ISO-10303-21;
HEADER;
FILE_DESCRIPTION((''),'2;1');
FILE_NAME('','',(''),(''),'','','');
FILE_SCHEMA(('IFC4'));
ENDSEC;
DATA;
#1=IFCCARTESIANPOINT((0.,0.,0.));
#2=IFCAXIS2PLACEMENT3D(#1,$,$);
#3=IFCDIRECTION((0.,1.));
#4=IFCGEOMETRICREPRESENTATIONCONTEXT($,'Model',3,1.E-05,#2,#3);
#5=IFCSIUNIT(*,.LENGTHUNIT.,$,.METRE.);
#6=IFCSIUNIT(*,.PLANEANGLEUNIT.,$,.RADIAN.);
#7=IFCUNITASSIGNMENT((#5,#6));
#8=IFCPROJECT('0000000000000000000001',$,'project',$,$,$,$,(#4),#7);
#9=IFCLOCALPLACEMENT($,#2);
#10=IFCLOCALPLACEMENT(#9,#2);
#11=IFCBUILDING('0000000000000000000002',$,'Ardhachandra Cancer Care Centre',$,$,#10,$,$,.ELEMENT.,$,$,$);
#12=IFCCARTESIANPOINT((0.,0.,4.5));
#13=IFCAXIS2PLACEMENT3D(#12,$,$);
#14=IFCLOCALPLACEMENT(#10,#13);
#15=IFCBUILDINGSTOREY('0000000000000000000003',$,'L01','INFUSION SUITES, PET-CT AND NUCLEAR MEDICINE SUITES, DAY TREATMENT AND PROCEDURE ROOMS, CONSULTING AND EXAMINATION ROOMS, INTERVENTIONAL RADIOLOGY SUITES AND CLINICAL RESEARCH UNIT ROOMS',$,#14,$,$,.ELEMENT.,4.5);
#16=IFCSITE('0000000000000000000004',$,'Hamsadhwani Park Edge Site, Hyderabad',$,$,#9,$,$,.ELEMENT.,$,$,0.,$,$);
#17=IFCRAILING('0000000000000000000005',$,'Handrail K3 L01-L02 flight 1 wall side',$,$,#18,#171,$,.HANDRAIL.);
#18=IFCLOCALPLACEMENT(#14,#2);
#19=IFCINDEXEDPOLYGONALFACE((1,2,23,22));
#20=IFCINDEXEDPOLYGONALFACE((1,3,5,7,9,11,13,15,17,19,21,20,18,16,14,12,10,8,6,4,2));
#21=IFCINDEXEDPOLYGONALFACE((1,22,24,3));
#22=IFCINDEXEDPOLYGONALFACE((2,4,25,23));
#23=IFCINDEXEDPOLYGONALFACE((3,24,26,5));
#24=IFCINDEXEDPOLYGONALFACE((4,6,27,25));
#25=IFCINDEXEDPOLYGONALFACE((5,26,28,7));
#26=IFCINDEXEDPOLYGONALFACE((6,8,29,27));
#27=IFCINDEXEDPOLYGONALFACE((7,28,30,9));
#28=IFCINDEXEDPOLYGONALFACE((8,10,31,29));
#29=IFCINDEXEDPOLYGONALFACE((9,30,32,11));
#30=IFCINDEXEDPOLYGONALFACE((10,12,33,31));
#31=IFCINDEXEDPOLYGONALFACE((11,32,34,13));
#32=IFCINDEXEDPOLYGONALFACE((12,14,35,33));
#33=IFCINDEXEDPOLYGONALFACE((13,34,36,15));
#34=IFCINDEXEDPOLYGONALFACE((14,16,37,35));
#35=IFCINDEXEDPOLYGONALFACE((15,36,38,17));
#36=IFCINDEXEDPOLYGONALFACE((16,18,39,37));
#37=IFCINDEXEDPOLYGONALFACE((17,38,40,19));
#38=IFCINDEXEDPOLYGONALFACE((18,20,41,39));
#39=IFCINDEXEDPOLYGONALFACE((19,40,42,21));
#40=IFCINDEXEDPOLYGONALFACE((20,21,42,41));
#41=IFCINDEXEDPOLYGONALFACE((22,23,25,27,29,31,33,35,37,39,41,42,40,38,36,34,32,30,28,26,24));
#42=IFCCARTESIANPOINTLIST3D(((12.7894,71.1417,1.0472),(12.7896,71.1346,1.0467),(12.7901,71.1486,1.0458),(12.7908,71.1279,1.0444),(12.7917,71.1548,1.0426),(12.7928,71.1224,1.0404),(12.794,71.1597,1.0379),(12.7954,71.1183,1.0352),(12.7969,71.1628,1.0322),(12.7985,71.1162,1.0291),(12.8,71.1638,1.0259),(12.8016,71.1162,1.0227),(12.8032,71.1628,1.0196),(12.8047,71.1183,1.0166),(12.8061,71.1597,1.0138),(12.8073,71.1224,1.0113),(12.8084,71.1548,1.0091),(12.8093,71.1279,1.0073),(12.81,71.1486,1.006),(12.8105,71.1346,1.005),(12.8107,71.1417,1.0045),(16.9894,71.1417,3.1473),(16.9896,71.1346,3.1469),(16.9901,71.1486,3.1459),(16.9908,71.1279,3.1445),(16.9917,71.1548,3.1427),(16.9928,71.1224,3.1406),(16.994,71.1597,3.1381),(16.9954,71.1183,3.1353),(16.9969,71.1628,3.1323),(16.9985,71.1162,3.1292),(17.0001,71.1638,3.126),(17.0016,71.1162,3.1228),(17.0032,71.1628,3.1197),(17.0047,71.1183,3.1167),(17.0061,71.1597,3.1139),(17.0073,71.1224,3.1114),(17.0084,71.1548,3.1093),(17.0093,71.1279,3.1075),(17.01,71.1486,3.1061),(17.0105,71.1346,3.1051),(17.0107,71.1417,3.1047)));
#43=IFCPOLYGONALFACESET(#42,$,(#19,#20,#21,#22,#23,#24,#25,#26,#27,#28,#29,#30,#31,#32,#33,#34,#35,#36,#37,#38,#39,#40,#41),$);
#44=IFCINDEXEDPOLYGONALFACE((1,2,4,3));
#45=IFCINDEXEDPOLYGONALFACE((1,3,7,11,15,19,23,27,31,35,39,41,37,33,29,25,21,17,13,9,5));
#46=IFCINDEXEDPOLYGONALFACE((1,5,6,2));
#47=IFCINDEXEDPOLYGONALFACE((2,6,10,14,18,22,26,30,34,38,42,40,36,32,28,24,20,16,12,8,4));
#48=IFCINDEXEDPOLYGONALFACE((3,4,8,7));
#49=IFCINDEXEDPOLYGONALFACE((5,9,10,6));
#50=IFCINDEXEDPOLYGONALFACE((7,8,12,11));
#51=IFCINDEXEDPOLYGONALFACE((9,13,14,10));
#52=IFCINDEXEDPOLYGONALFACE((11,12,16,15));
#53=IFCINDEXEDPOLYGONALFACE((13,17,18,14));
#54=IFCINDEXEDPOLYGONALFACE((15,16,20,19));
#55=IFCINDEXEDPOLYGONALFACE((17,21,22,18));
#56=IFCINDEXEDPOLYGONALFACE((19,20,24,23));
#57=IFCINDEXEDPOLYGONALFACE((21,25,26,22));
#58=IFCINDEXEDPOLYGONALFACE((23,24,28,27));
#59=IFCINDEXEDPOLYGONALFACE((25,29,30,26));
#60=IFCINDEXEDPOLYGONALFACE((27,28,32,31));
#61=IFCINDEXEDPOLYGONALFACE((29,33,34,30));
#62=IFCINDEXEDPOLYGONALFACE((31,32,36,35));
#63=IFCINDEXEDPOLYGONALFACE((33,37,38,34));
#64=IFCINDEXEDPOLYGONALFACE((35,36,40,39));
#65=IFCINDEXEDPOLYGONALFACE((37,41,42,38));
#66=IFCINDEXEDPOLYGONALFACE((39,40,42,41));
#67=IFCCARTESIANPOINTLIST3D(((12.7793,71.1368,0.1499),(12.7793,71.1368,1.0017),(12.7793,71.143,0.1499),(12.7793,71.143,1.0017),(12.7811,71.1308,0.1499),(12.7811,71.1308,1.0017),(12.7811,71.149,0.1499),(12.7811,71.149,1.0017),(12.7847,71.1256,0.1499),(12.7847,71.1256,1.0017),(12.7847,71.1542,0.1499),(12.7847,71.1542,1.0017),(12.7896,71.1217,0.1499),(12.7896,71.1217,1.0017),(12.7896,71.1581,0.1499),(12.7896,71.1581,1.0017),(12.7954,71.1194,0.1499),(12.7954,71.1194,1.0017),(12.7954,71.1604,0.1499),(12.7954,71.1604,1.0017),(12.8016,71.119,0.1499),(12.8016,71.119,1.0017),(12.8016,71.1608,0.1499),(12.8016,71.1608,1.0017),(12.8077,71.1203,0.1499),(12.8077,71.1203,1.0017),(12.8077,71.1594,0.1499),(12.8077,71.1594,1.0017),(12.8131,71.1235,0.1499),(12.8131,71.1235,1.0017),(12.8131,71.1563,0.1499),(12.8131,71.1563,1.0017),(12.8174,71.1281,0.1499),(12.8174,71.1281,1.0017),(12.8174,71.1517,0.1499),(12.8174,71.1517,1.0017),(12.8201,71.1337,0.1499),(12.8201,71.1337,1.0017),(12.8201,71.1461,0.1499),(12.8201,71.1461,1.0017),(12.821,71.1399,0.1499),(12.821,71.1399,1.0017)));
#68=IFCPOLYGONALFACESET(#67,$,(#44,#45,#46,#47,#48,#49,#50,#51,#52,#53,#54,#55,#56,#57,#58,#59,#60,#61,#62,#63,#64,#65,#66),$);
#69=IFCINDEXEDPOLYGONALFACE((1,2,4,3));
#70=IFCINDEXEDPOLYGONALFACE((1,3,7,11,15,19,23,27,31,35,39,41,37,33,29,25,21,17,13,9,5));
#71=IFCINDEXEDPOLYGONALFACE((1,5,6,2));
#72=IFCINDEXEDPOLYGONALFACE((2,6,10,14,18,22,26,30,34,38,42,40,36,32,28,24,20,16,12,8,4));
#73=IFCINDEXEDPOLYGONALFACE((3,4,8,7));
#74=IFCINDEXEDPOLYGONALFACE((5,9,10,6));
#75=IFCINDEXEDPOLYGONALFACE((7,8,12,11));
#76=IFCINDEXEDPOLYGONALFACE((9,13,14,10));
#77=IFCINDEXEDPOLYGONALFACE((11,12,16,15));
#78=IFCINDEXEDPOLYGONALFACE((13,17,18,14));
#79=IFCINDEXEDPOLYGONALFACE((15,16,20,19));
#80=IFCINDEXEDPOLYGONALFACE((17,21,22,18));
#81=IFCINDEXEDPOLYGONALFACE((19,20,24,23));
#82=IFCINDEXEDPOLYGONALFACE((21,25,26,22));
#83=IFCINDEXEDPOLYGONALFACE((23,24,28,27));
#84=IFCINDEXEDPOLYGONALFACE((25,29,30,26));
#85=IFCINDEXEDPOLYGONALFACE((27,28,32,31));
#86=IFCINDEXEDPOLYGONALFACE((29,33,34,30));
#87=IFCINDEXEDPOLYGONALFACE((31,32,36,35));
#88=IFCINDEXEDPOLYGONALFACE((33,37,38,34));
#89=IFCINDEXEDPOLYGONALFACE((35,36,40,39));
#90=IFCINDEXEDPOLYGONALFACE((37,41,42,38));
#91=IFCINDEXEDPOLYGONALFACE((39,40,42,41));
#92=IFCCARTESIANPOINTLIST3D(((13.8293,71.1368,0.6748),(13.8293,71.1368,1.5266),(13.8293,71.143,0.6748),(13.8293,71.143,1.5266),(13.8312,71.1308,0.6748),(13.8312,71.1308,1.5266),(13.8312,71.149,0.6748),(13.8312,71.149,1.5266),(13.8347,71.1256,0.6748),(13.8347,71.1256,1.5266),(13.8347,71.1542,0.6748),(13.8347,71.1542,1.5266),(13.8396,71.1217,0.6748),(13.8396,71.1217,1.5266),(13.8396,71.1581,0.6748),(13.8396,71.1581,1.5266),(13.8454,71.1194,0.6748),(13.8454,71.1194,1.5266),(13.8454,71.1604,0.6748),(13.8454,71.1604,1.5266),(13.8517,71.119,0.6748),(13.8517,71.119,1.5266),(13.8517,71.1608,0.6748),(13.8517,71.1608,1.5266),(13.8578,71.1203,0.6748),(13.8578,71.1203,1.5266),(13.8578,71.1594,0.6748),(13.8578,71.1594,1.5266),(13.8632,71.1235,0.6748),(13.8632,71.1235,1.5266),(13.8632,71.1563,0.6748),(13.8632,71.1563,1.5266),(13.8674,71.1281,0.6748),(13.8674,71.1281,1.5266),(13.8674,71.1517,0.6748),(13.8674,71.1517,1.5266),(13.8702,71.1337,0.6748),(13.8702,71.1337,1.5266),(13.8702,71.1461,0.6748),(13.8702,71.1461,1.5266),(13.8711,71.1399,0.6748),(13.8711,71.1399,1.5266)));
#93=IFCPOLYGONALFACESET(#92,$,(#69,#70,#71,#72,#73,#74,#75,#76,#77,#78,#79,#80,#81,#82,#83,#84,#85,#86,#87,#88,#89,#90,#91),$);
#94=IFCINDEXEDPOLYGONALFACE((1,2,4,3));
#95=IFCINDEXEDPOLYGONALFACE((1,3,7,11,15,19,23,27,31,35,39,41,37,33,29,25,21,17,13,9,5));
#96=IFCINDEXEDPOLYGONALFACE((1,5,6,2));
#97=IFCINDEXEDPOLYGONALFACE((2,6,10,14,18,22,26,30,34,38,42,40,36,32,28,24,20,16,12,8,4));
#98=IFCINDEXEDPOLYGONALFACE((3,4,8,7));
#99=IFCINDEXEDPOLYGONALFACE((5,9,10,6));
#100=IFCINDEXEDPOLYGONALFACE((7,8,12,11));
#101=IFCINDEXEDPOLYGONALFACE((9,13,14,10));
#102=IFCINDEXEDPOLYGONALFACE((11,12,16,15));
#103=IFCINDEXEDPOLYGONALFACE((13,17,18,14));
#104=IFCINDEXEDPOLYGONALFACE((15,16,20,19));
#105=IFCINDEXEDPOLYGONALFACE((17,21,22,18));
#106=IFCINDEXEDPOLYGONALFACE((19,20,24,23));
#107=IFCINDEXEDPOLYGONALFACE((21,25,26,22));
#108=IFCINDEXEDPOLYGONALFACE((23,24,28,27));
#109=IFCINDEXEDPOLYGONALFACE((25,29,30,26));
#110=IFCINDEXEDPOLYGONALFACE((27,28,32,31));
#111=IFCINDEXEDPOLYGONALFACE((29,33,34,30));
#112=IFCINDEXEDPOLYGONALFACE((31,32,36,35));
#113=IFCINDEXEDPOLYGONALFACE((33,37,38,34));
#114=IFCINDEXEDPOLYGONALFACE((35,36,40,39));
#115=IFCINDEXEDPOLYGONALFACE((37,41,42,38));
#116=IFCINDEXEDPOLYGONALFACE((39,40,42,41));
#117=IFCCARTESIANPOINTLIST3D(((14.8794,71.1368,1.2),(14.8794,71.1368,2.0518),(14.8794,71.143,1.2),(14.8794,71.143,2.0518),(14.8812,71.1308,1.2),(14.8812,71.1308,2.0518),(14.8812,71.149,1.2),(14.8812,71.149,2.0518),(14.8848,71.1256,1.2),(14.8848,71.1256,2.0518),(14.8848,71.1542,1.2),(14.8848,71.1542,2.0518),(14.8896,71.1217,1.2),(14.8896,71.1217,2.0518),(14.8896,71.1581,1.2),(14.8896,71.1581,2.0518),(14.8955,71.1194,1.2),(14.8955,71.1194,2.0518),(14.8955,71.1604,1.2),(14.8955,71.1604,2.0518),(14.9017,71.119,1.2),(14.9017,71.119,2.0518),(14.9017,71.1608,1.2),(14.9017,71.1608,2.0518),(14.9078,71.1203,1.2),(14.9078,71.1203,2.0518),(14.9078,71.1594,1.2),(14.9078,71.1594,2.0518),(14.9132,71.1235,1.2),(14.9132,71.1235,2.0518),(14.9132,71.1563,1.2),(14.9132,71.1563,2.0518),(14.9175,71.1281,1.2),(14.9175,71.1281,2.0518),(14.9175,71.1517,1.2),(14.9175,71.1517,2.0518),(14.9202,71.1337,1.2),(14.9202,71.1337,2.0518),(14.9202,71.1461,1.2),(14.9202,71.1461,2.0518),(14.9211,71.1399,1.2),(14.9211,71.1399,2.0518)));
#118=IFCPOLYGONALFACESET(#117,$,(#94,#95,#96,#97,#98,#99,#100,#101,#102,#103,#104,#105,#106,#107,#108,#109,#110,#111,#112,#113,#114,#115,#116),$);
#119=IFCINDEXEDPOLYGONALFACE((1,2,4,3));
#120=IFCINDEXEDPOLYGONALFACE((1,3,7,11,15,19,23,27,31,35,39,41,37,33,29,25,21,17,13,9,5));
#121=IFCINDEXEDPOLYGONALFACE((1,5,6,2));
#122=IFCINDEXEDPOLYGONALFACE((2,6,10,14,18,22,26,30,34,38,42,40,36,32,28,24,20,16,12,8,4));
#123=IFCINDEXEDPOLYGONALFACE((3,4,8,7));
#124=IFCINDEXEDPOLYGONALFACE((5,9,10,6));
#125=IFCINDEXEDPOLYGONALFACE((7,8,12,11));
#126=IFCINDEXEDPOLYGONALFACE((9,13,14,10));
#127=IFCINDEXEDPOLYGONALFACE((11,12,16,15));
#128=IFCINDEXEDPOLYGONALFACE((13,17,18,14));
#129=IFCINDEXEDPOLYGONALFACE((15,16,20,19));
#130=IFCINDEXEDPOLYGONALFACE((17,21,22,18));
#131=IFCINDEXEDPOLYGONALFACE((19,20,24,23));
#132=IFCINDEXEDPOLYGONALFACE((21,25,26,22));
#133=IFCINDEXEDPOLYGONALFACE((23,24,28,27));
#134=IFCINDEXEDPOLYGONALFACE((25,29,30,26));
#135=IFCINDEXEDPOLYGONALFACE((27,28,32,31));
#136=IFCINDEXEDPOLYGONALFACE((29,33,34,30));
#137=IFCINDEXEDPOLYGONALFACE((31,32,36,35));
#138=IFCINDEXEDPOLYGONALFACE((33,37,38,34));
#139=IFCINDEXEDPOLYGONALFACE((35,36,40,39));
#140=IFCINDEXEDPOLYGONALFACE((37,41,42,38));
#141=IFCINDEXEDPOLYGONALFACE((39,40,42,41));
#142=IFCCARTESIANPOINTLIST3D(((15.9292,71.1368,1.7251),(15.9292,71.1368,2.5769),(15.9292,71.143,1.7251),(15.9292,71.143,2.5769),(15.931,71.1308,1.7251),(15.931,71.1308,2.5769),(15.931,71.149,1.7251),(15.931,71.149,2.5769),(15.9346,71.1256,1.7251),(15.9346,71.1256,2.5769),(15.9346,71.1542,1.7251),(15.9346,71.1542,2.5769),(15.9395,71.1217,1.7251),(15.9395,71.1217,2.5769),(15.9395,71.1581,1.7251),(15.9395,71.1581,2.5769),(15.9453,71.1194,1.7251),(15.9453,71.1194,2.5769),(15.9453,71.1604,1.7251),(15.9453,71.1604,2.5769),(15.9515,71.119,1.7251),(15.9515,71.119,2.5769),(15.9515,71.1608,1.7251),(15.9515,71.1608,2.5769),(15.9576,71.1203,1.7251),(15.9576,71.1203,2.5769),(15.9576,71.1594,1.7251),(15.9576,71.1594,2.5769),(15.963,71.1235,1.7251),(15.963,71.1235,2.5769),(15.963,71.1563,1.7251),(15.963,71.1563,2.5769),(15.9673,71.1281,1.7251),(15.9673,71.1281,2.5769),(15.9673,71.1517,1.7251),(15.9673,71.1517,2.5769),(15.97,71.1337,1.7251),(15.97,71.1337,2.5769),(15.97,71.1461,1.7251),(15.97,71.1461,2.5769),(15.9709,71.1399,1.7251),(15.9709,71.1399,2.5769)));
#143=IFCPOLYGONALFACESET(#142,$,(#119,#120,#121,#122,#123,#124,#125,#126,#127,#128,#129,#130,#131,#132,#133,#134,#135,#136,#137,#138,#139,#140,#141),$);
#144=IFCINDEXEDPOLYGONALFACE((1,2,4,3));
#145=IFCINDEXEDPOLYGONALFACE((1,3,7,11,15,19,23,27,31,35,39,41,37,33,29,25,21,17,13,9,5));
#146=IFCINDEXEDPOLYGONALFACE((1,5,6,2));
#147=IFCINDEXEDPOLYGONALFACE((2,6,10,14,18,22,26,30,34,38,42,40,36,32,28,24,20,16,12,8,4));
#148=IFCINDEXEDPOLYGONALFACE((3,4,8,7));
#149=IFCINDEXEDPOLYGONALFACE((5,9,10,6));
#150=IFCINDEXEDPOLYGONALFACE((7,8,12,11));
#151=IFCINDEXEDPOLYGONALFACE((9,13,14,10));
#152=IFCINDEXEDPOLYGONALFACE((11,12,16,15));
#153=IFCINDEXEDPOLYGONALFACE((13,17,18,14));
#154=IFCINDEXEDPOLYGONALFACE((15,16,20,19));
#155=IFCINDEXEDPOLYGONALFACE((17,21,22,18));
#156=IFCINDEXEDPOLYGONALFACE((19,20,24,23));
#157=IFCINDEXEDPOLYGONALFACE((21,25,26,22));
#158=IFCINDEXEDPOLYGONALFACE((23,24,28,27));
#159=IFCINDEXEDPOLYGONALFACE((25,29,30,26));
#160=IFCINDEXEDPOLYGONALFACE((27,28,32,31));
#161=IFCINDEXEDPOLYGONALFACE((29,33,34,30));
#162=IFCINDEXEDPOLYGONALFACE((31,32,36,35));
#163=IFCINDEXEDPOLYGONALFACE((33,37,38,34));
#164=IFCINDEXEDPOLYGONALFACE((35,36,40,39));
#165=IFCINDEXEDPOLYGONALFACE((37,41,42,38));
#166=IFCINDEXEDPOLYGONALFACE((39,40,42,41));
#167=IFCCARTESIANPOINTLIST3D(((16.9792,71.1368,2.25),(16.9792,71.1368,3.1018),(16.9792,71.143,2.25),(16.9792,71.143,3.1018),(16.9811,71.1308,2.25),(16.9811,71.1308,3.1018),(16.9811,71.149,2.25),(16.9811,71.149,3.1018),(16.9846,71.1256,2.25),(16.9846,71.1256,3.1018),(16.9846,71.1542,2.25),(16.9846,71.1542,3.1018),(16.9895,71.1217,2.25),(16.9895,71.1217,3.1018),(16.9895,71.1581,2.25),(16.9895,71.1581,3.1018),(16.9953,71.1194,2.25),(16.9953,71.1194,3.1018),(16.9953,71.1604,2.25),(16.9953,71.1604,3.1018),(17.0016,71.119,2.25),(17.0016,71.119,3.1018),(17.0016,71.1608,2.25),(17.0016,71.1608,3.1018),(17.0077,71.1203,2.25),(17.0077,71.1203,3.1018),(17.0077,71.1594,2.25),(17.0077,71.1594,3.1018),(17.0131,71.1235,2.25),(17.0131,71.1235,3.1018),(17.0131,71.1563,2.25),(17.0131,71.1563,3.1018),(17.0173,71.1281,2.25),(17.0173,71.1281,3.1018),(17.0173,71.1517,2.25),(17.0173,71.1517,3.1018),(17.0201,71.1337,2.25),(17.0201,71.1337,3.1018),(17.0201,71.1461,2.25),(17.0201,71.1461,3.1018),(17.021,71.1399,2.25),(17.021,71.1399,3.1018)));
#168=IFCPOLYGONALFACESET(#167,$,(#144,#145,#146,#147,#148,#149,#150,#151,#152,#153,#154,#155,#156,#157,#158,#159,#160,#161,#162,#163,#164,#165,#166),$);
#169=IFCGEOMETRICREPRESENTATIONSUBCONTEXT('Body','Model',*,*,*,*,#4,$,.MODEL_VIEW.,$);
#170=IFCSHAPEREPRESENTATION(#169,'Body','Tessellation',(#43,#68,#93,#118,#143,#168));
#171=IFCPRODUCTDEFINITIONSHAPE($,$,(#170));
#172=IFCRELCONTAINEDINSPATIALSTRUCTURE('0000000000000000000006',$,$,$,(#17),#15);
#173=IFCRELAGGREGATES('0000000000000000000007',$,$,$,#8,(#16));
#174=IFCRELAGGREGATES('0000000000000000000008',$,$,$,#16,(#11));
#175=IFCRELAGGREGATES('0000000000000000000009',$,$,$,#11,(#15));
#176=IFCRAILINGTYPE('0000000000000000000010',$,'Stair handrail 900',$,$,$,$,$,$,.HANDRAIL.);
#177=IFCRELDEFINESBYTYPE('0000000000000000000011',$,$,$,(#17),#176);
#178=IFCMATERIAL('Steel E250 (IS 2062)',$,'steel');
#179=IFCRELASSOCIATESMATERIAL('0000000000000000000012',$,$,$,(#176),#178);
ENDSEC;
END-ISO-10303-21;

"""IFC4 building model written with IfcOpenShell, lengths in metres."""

from ifc_helpers import new_model, si_unit, direction, frame, origin, origin_2d, place, context, subcontext, project, spatial, circle, extrude, material, type_object, element, save


model = new_model("IFC4")

# Units and contexts
model_context = context("Model", 3, precision=1e-05, world=origin(), true_north=direction((0.0, 1.0)))
body_context = subcontext(model_context, "Body", "Model", "MODEL_VIEW")
ifc_project = project(units=[si_unit("LENGTHUNIT", "METRE"), si_unit("PLANEANGLEUNIT", "RADIAN")], contexts=[model_context])

# Site, building, storey
site_placement = place(None, origin())
site = spatial("IfcSite", under=ifc_project, at=site_placement, Name="Hamsadhwani Park Edge Site, Hyderabad", CompositionType="ELEMENT", RefElevation=0.0)
building_placement = place(site_placement, origin())
building = spatial("IfcBuilding", under=site, at=building_placement, Name="Ardhachandra Cancer Care Centre", CompositionType="ELEMENT")
storey_placement = place(building_placement, frame((0.0, 0.0, 4.5)))
storey = spatial("IfcBuildingStorey", under=building, at=storey_placement, Name="L01", Description="INFUSION SUITES, PET-CT AND NUCLEAR MEDICINE SUITES, DAY TREATMENT AND PROCEDURE ROOMS, CONSULTING AND EXAMINATION ROOMS, INTERVENTIONAL RADIOLOGY SUITES AND CLINICAL RESEARCH UNIT ROOMS", CompositionType="ELEMENT", Elevation=4.5)

# Railing
ifc_material_1 = material(Name="Steel E250 (IS 2062)", Category="steel")
railing_type_1 = type_object("IfcRailingType", Name="Stair handrail 900", PredefinedType="HANDRAIL", material=ifc_material_1)
for number, where, name in (
    (1, (12.8, 71.1399, 0.1499), "Handrail K3 L01-L02 flight 1 wall side"),
):
    element("IfcRailing", number, at=place(storey_placement, frame(where)), inside=storey, type_object=railing_type_1, Name=name, PredefinedType="HANDRAIL", context=body_context, shape_type="SweptSolid", body=[
        extrude(circle(Radius=0.0239, at=origin_2d()), frame((0.0, 0.0, 0.876), z_axis=(0.894417, 0.0, 0.447234), x_axis=(0.0, 1.0, 0.0)), (0.0, 0.0, 1.0), 4.6958),
        extrude(circle(Radius=0.021, at=origin_2d()), origin(), (0.0, 0.0, 1.0), 0.8518),
        extrude(circle(Radius=0.021, at=origin_2d()), frame((1.05, 0.0, 0.5249)), (0.0, 0.0, 1.0), 0.8518),
        extrude(circle(Radius=0.021, at=origin_2d()), frame((2.1001, 0.0, 1.05)), (0.0, 0.0, 1.0), 0.8518),
        extrude(circle(Radius=0.021, at=origin_2d()), frame((3.1499, 0.0, 1.5752)), (0.0, 0.0, 1.0), 0.8518),
        extrude(circle(Radius=0.021, at=origin_2d()), frame((4.2, 0.0, 2.1001)), (0.0, 0.0, 1.0), 0.8518),
    ])

save(model, "model.ifc")
